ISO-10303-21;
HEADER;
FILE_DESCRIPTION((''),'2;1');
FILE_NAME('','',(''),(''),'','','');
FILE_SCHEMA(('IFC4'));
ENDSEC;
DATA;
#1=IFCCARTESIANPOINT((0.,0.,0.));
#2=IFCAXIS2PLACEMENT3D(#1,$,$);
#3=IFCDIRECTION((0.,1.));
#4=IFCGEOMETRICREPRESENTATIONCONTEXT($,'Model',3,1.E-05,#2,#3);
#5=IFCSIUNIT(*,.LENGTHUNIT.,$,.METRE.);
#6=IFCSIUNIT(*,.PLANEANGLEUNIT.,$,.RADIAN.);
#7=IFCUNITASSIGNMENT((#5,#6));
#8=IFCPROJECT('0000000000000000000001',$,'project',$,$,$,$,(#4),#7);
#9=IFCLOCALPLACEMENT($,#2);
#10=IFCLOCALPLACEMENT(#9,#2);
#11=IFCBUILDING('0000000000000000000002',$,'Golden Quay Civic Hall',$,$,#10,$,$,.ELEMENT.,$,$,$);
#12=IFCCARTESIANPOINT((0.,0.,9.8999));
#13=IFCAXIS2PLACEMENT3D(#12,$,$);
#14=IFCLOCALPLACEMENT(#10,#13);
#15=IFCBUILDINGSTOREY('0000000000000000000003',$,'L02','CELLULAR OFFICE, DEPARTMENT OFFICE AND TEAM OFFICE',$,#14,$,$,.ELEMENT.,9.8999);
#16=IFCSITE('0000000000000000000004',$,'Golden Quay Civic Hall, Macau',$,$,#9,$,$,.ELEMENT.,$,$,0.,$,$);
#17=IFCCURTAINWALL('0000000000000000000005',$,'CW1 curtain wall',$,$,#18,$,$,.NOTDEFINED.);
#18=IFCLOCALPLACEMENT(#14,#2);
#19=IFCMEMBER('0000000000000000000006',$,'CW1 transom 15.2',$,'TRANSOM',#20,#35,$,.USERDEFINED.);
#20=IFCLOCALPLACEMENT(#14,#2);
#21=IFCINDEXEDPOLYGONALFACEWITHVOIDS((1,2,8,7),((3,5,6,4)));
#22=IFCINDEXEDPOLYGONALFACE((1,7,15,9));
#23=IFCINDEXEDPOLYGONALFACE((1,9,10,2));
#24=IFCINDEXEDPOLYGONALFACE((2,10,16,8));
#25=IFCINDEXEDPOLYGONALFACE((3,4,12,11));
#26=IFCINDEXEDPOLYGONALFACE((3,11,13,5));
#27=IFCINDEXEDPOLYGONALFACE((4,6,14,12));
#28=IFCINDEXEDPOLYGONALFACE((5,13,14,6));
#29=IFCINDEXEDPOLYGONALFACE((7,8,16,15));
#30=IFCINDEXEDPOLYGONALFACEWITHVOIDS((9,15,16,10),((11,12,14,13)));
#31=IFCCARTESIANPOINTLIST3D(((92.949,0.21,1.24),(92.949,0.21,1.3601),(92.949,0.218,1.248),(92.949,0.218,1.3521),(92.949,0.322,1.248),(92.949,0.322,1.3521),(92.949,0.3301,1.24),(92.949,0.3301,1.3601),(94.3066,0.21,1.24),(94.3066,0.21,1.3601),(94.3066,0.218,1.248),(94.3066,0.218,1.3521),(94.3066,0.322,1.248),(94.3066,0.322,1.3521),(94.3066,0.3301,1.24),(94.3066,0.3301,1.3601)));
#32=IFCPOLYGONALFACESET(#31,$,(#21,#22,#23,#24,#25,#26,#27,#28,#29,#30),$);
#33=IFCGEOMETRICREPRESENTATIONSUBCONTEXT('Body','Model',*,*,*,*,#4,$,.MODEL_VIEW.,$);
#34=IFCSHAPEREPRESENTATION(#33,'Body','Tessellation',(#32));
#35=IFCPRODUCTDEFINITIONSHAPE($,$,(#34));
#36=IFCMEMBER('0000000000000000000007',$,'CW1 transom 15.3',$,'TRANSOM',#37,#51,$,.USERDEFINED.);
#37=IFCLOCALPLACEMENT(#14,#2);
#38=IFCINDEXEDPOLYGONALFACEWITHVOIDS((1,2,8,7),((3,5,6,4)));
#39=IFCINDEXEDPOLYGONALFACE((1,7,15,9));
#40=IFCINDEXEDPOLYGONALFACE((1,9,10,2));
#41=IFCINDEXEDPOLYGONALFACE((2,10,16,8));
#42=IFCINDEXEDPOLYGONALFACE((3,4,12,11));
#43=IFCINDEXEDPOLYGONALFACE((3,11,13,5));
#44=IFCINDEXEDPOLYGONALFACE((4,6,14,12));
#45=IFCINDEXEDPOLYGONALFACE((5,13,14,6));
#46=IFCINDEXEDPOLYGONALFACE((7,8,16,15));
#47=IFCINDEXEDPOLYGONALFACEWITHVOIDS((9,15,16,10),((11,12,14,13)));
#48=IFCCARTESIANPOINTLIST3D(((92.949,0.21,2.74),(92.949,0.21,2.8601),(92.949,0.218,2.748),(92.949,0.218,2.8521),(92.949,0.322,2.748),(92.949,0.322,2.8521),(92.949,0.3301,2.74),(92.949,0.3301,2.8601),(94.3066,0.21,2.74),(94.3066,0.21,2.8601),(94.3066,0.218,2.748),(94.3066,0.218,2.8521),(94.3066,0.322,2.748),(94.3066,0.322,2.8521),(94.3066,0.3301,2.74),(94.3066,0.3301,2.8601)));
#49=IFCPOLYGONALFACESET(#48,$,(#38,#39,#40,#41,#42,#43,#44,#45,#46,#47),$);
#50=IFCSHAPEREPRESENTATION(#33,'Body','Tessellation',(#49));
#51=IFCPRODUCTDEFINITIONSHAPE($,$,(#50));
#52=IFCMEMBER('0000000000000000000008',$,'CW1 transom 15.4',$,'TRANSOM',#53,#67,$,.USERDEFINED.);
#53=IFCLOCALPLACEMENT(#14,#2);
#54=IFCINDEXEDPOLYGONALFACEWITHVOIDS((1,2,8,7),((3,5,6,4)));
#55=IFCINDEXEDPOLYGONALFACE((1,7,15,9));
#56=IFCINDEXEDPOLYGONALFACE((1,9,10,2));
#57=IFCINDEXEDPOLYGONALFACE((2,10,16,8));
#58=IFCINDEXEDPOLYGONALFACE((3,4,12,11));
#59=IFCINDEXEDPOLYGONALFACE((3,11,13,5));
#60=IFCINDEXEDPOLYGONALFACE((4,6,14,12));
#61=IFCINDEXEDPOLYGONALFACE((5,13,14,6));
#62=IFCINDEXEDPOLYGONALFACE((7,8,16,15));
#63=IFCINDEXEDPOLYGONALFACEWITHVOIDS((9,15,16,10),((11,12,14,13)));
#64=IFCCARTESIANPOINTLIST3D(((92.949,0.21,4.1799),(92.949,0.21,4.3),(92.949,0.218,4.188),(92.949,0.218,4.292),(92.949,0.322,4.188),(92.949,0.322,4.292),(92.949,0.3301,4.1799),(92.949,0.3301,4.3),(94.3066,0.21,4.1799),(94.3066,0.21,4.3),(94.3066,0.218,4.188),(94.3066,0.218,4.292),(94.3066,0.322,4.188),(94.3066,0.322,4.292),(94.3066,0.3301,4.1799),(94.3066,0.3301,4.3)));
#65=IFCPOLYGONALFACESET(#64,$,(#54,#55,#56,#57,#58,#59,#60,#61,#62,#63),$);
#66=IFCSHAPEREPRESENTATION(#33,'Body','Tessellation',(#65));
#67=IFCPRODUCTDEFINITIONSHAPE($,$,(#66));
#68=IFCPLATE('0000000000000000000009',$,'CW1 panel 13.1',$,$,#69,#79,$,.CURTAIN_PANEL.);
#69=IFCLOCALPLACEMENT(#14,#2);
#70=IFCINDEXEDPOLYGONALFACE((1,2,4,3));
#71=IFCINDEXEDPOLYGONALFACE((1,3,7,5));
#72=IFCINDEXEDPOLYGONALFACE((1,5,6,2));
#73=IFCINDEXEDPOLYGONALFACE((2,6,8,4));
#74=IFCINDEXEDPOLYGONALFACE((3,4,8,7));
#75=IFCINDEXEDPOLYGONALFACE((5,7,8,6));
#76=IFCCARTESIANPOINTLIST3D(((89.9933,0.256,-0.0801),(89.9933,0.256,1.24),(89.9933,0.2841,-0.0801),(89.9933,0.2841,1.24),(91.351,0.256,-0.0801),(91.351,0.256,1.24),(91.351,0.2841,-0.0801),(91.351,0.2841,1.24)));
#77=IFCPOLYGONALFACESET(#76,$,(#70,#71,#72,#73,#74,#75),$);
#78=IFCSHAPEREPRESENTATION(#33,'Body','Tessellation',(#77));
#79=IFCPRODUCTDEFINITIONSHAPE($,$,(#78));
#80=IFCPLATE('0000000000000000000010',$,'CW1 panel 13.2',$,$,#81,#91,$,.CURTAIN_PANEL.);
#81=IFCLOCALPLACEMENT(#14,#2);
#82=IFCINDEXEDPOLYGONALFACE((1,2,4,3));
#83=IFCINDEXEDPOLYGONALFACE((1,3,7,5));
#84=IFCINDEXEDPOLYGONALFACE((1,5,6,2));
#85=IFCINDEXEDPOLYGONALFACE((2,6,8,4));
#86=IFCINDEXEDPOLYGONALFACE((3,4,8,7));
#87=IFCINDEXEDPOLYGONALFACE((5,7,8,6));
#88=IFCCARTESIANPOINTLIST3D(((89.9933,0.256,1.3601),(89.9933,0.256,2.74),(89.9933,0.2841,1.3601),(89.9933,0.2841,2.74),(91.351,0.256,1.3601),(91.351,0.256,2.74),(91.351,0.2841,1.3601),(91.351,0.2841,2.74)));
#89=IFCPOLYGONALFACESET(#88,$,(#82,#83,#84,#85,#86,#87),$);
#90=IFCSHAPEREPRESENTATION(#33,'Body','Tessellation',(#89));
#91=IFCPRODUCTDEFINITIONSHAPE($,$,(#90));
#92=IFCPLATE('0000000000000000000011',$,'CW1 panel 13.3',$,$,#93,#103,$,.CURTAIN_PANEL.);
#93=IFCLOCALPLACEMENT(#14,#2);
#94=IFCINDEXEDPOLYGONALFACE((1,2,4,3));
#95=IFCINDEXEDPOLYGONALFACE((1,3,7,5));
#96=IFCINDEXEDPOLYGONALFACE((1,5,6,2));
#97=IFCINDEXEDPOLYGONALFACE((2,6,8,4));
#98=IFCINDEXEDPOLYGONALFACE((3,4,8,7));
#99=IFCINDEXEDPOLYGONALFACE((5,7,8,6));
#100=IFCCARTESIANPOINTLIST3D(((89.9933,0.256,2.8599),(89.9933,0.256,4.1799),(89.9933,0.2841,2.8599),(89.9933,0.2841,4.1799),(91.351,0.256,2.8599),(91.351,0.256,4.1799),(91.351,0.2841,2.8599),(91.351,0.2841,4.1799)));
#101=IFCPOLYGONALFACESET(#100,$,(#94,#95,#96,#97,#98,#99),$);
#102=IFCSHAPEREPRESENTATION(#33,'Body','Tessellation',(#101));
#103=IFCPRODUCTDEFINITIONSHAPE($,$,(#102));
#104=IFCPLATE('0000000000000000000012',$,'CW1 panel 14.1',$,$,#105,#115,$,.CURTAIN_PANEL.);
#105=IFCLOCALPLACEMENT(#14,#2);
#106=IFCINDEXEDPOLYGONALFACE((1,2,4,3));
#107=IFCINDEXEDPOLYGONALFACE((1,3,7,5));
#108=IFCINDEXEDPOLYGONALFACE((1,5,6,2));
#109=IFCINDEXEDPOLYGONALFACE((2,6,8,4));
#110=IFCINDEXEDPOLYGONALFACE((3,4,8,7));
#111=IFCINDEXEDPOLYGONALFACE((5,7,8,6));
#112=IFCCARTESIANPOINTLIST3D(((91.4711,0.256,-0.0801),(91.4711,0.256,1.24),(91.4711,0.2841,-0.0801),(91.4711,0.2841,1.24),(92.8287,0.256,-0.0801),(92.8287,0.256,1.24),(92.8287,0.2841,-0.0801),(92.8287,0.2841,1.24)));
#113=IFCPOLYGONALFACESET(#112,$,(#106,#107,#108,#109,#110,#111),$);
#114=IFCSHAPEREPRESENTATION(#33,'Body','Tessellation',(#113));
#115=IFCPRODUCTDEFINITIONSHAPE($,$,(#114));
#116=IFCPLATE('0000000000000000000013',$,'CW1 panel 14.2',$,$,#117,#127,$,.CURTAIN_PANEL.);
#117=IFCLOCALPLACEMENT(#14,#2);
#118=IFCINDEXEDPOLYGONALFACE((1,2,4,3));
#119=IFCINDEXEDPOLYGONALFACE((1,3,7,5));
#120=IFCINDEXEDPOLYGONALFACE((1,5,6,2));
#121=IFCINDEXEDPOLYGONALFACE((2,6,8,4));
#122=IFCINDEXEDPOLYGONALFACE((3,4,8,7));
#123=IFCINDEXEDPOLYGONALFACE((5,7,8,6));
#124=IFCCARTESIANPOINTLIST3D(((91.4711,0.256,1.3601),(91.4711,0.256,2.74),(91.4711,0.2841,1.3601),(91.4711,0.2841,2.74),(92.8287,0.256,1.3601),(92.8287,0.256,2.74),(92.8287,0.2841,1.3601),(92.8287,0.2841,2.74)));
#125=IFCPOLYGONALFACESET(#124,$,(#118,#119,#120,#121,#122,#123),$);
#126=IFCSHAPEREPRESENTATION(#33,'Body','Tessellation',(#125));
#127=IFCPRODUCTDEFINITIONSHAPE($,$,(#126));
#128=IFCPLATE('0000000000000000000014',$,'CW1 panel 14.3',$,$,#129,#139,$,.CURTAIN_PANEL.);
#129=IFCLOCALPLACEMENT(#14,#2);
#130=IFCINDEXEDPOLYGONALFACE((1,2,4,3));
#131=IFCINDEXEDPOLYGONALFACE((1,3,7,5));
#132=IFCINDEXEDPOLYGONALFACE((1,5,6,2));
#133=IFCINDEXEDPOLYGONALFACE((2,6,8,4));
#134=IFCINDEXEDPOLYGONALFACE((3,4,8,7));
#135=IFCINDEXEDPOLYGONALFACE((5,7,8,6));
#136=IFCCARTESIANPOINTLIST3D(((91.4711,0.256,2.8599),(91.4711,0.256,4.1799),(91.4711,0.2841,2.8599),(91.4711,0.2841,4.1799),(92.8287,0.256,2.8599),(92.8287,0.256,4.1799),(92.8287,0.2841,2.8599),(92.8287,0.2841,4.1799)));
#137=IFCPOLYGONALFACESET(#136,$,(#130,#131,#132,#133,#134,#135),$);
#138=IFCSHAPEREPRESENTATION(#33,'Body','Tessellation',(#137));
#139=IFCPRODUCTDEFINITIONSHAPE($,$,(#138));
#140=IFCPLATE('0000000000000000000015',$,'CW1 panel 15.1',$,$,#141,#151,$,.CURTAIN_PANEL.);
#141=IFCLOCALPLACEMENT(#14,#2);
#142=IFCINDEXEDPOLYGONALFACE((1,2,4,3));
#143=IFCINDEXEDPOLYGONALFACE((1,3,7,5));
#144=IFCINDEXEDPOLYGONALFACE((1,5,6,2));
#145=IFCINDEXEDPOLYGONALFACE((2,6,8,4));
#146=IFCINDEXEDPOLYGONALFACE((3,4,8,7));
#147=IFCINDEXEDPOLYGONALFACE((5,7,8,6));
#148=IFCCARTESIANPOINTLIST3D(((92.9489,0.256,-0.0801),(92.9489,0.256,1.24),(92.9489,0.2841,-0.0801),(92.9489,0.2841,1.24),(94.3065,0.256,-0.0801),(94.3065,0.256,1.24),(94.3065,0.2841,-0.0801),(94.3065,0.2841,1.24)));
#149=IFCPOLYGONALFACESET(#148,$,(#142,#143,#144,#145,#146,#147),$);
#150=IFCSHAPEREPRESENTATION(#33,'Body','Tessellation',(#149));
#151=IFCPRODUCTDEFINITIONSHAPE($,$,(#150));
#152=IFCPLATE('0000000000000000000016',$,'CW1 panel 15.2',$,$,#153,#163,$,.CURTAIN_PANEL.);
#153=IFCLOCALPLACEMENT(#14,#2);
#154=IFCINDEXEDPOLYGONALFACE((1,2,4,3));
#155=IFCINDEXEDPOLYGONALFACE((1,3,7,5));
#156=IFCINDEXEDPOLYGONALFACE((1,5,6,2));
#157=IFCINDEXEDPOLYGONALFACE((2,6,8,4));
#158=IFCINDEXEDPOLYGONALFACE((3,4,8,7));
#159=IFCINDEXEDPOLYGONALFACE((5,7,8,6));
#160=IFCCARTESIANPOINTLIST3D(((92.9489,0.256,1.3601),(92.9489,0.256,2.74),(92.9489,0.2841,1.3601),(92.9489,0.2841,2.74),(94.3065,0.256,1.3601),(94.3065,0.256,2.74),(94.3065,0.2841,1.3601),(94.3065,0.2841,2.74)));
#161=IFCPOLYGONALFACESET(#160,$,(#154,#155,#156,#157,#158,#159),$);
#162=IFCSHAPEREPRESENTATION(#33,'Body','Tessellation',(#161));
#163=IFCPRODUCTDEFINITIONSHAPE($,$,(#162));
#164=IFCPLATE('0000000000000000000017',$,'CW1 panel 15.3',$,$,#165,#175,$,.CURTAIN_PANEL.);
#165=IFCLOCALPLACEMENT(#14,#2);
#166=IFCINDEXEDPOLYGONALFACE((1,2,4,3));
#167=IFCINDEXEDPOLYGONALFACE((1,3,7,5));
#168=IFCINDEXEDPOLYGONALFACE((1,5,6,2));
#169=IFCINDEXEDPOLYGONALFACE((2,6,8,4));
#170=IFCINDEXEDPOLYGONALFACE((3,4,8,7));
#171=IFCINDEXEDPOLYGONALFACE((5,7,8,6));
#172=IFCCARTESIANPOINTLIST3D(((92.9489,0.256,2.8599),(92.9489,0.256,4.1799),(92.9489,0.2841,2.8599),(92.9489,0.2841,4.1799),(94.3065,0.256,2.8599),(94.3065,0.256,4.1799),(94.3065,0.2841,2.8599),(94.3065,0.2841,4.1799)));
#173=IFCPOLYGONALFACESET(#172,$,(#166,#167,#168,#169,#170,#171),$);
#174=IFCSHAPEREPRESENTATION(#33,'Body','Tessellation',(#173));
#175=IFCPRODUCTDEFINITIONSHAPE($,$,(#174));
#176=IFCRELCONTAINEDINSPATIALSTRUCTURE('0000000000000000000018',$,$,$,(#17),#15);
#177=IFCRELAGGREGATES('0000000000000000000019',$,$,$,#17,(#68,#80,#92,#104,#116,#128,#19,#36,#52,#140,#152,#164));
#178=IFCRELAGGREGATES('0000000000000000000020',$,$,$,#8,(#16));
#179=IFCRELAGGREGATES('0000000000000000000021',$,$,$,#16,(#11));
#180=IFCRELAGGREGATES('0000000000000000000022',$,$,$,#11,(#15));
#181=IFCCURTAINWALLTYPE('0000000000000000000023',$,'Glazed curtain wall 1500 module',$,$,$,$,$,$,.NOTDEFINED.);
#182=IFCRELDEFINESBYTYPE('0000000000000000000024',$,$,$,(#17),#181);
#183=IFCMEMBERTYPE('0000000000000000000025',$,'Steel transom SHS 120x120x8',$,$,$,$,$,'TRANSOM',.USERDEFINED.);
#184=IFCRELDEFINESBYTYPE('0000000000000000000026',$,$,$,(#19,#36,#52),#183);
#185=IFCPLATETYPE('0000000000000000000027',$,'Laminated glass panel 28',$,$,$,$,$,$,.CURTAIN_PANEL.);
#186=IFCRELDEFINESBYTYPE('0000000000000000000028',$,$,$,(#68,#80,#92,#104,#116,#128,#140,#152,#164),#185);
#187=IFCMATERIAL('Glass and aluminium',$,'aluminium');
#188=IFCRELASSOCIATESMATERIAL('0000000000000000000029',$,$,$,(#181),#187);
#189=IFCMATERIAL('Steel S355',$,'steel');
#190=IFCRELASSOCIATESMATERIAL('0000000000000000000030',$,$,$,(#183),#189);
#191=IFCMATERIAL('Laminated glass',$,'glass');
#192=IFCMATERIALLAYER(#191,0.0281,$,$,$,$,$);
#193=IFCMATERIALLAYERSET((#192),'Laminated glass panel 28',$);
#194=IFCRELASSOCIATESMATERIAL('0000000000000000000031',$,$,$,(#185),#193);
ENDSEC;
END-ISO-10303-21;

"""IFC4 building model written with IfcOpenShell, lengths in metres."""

from ifc_helpers import new_model, si_unit, direction, frame, origin, origin_2d, place, context, subcontext, project, spatial, rectangle, hollow_rectangle, extrude, material, layer, layer_set, material_profile, profile_set, type_object, element, aggregate, save


model = new_model("IFC4")

# Units and contexts
model_context = context("Model", 3, precision=1e-05, world=origin(), true_north=direction((0.0, 1.0)))
body_context = subcontext(model_context, "Body", "Model", "MODEL_VIEW")
ifc_project = project(units=[si_unit("LENGTHUNIT", "METRE"), si_unit("PLANEANGLEUNIT", "RADIAN")], contexts=[model_context])

# Site, building, storey
site_placement = place(None, origin())
site = spatial("IfcSite", under=ifc_project, at=site_placement, Name="Golden Quay Civic Hall, Macau", CompositionType="ELEMENT", RefElevation=0.0)
building_placement = place(site_placement, origin())
building = spatial("IfcBuilding", under=site, at=building_placement, Name="Golden Quay Civic Hall", CompositionType="ELEMENT")
storey_placement = place(building_placement, frame((0.0, 0.0, 9.8999)))
storey = spatial("IfcBuildingStorey", under=building, at=storey_placement, Name="L02", Description="CELLULAR OFFICE, DEPARTMENT OFFICE AND TEAM OFFICE", CompositionType="ELEMENT", Elevation=9.8999)

# Curtain wall, members, plates
ifc_material_1 = material(Name="Glass and aluminium", Category="aluminium")
curtain_wall_type = type_object("IfcCurtainWallType", Name="Glazed curtain wall 1500 module", PredefinedType="NOTDEFINED", material=ifc_material_1)
curtain_wall_placement = place(storey_placement, origin())
curtain_wall = element("IfcCurtainWall", 1, at=curtain_wall_placement, inside=storey, type_object=curtain_wall_type, Name="CW1 curtain wall", PredefinedType="NOTDEFINED")
ifc_material_2 = material(Name="Steel S355", Category="steel")
ifc_material_profile_1 = material_profile(ifc_material_2, hollow_rectangle(XDim=0.1201, YDim=0.1201, WallThickness=0.0081, at=origin_2d()), Name="SHS 120x120x8")
ifc_profile_set_1 = profile_set([ifc_material_profile_1], Name="Steel S355")
member_type_1 = type_object("IfcMemberType", Name="Steel transom SHS 120x120x8", ElementType="TRANSOM", PredefinedType="USERDEFINED", material=ifc_profile_set_1)
member_1_placement = place(storey_placement, frame((92.949, 0.27, 1.3), z_axis=(1.0, 0.0, 0.0), x_axis=(0.0, 1.0, 0.0)))
member_1 = element("IfcMember", 2, at=member_1_placement, type_object=member_type_1, Name="CW1 transom 15.2", ObjectType="TRANSOM", PredefinedType="USERDEFINED", context=body_context, shape_type="SweptSolid", body=[
    extrude(hollow_rectangle(XDim=0.1201, YDim=0.1201, WallThickness=0.0081, at=origin_2d()), origin(), (0.0, 0.0, 1.0), 1.3577),
])
member_2_placement = place(storey_placement, frame((92.949, 0.27, 2.8), z_axis=(1.0, 0.0, 0.0), x_axis=(0.0, 1.0, 0.0)))
member_2 = element("IfcMember", 3, at=member_2_placement, type_object=member_type_1, Name="CW1 transom 15.3", ObjectType="TRANSOM", PredefinedType="USERDEFINED", context=body_context, shape_type="SweptSolid", body=[
    extrude(hollow_rectangle(XDim=0.1201, YDim=0.1201, WallThickness=0.0081, at=origin_2d()), origin(), (0.0, 0.0, 1.0), 1.3577),
])
member_3_placement = place(storey_placement, frame((92.949, 0.27, 4.24), z_axis=(1.0, 0.0, 0.0), x_axis=(0.0, 1.0, 0.0)))
member_3 = element("IfcMember", 4, at=member_3_placement, type_object=member_type_1, Name="CW1 transom 15.4", ObjectType="TRANSOM", PredefinedType="USERDEFINED", context=body_context, shape_type="SweptSolid", body=[
    extrude(hollow_rectangle(XDim=0.1201, YDim=0.1201, WallThickness=0.0081, at=origin_2d()), origin(), (0.0, 0.0, 1.0), 1.3577),
])
ifc_material_3 = material(Name="Laminated glass", Category="glass")
ifc_layer = layer(ifc_material_3, 0.0281)
ifc_layer_set = layer_set([ifc_layer], Name="Laminated glass panel 28")
plate_type = type_object("IfcPlateType", Name="Laminated glass panel 28", PredefinedType="CURTAIN_PANEL", material=ifc_layer_set)
plate_1_placement = place(storey_placement, frame((90.6721, 0.27, -0.0801), z_axis=(0.0, 0.0, 1.0), x_axis=(1.0, 0.0, 0.0)))
plate_1 = element("IfcPlate", 5, at=plate_1_placement, type_object=plate_type, Name="CW1 panel 13.1", PredefinedType="CURTAIN_PANEL", context=body_context, shape_type="SweptSolid", body=[
    extrude(rectangle(XDim=1.3577, YDim=0.0281, at=origin_2d()), origin(), (0.0, 0.0, 1.0), 1.3201),
])
plate_2_placement = place(storey_placement, frame((90.6721, 0.27, 1.3601), z_axis=(0.0, 0.0, 1.0), x_axis=(1.0, 0.0, 0.0)))
plate_2 = element("IfcPlate", 6, at=plate_2_placement, type_object=plate_type, Name="CW1 panel 13.2", PredefinedType="CURTAIN_PANEL", context=body_context, shape_type="SweptSolid", body=[
    extrude(rectangle(XDim=1.3577, YDim=0.0281, at=origin_2d()), origin(), (0.0, 0.0, 1.0), 1.3799),
])
plate_3_placement = place(storey_placement, frame((90.6721, 0.27, 2.8599), z_axis=(0.0, 0.0, 1.0), x_axis=(1.0, 0.0, 0.0)))
plate_3 = element("IfcPlate", 7, at=plate_3_placement, type_object=plate_type, Name="CW1 panel 13.3", PredefinedType="CURTAIN_PANEL", context=body_context, shape_type="SweptSolid", body=[
    extrude(rectangle(XDim=1.3577, YDim=0.0281, at=origin_2d()), origin(), (0.0, 0.0, 1.0), 1.3201),
])
plate_4_placement = place(storey_placement, frame((92.1499, 0.27, -0.0801), z_axis=(0.0, 0.0, 1.0), x_axis=(1.0, 0.0, 0.0)))
plate_4 = element("IfcPlate", 8, at=plate_4_placement, type_object=plate_type, Name="CW1 panel 14.1", PredefinedType="CURTAIN_PANEL", context=body_context, shape_type="SweptSolid", body=[
    extrude(rectangle(XDim=1.3577, YDim=0.0281, at=origin_2d()), origin(), (0.0, 0.0, 1.0), 1.3201),
])
plate_5_placement = place(storey_placement, frame((92.1499, 0.27, 1.3601), z_axis=(0.0, 0.0, 1.0), x_axis=(1.0, 0.0, 0.0)))
plate_5 = element("IfcPlate", 9, at=plate_5_placement, type_object=plate_type, Name="CW1 panel 14.2", PredefinedType="CURTAIN_PANEL", context=body_context, shape_type="SweptSolid", body=[
    extrude(rectangle(XDim=1.3577, YDim=0.0281, at=origin_2d()), origin(), (0.0, 0.0, 1.0), 1.3799),
])
plate_6_placement = place(storey_placement, frame((92.1499, 0.27, 2.8599), z_axis=(0.0, 0.0, 1.0), x_axis=(1.0, 0.0, 0.0)))
plate_6 = element("IfcPlate", 10, at=plate_6_placement, type_object=plate_type, Name="CW1 panel 14.3", PredefinedType="CURTAIN_PANEL", context=body_context, shape_type="SweptSolid", body=[
    extrude(rectangle(XDim=1.3577, YDim=0.0281, at=origin_2d()), origin(), (0.0, 0.0, 1.0), 1.3201),
])
plate_7_placement = place(storey_placement, frame((93.6277, 0.27, -0.0801), z_axis=(0.0, 0.0, 1.0), x_axis=(1.0, 0.0, 0.0)))
plate_7 = element("IfcPlate", 11, at=plate_7_placement, type_object=plate_type, Name="CW1 panel 15.1", PredefinedType="CURTAIN_PANEL", context=body_context, shape_type="SweptSolid", body=[
    extrude(rectangle(XDim=1.3577, YDim=0.0281, at=origin_2d()), origin(), (0.0, 0.0, 1.0), 1.3201),
])
plate_8_placement = place(storey_placement, frame((93.6277, 0.27, 1.3601), z_axis=(0.0, 0.0, 1.0), x_axis=(1.0, 0.0, 0.0)))
plate_8 = element("IfcPlate", 12, at=plate_8_placement, type_object=plate_type, Name="CW1 panel 15.2", PredefinedType="CURTAIN_PANEL", context=body_context, shape_type="SweptSolid", body=[
    extrude(rectangle(XDim=1.3577, YDim=0.0281, at=origin_2d()), origin(), (0.0, 0.0, 1.0), 1.3799),
])
plate_9_placement = place(storey_placement, frame((93.6277, 0.27, 2.8599), z_axis=(0.0, 0.0, 1.0), x_axis=(1.0, 0.0, 0.0)))
plate_9 = element("IfcPlate", 13, at=plate_9_placement, type_object=plate_type, Name="CW1 panel 15.3", PredefinedType="CURTAIN_PANEL", context=body_context, shape_type="SweptSolid", body=[
    extrude(rectangle(XDim=1.3577, YDim=0.0281, at=origin_2d()), origin(), (0.0, 0.0, 1.0), 1.3201),
])
aggregate(curtain_wall, [plate_1, plate_2, plate_3, plate_4, plate_5, plate_6, member_1, member_2, member_3, plate_7, plate_8, plate_9])

save(model, "model.ifc")
